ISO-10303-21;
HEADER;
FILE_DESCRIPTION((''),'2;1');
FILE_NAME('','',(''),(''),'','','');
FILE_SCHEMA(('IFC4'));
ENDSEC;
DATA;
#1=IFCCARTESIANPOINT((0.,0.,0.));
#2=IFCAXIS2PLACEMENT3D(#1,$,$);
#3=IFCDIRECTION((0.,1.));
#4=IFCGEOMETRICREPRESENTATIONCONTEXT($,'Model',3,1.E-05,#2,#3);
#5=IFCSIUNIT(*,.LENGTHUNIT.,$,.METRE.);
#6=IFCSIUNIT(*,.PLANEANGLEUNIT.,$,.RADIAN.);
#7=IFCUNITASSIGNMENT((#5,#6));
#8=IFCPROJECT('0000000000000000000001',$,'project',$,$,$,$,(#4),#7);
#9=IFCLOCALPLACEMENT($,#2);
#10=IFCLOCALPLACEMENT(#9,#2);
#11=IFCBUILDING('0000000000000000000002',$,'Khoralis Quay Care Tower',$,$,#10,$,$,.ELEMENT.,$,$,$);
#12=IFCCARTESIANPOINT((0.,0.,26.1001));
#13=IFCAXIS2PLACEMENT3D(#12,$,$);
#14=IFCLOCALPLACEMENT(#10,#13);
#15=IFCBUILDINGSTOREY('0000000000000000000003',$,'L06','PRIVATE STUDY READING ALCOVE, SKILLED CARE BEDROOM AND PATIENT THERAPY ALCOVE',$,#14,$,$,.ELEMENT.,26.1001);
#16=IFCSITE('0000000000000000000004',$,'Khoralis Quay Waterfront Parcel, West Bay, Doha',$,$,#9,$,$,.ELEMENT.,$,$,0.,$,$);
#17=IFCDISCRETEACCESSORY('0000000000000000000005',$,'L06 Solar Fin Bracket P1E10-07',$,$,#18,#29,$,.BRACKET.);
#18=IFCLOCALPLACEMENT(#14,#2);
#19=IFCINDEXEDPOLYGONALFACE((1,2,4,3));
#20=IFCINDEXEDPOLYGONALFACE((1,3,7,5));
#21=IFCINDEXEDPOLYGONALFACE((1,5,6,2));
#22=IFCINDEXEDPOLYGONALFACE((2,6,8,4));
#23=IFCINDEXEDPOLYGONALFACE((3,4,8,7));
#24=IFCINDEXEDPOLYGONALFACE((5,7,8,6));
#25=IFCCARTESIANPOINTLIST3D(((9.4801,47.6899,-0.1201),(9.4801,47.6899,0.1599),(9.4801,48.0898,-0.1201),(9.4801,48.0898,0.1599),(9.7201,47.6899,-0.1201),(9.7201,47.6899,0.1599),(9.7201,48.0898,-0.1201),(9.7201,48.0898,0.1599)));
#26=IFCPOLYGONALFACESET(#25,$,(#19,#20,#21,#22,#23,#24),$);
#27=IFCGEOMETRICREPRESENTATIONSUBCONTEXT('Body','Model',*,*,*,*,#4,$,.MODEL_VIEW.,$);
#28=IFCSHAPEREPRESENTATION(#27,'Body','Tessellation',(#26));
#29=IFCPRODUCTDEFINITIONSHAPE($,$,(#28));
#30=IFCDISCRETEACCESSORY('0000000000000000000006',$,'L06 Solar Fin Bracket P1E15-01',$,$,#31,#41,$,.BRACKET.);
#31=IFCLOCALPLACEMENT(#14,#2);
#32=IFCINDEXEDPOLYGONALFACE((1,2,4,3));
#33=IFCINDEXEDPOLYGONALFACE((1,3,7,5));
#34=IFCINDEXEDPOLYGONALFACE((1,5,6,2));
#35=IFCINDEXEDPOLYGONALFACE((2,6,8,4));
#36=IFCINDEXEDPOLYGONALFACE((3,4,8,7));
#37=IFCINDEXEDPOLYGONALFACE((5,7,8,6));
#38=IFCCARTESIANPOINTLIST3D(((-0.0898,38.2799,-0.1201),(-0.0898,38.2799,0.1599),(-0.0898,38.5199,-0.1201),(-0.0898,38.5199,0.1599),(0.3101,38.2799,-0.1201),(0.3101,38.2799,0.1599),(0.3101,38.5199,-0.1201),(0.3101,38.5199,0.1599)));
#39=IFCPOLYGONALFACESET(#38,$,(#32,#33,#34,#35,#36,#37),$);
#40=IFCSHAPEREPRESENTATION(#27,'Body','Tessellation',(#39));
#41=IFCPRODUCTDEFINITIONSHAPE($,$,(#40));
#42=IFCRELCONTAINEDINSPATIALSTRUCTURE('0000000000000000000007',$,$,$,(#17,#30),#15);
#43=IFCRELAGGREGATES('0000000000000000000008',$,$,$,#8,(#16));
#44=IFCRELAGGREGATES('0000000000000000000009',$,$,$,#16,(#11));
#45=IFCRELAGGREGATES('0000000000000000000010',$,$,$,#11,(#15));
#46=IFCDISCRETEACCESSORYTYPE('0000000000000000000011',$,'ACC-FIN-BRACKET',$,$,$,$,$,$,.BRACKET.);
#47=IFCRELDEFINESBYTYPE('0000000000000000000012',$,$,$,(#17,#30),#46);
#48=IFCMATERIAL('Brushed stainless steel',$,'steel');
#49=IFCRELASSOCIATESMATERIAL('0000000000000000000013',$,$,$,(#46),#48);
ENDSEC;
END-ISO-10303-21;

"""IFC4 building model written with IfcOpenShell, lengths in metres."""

from ifc_helpers import new_model, si_unit, direction, frame, origin, origin_2d, place, context, subcontext, project, spatial, rectangle, extrude, source, transform, mapped, material, type_object, element, save


model = new_model("IFC4")

# Units and contexts
model_context = context("Model", 3, precision=1e-05, world=origin(), true_north=direction((0.0, 1.0)))
body_context = subcontext(model_context, "Body", "Model", "MODEL_VIEW")
ifc_project = project(units=[si_unit("LENGTHUNIT", "METRE"), si_unit("PLANEANGLEUNIT", "RADIAN")], contexts=[model_context])

# Site, building, storey
site_placement = place(None, origin())
site = spatial("IfcSite", under=ifc_project, at=site_placement, Name="Khoralis Quay Waterfront Parcel, West Bay, Doha", CompositionType="ELEMENT", RefElevation=0.0)
building_placement = place(site_placement, origin())
building = spatial("IfcBuilding", under=site, at=building_placement, Name="Khoralis Quay Care Tower", CompositionType="ELEMENT")
storey_placement = place(building_placement, frame((0.0, 0.0, 26.1001)))
storey = spatial("IfcBuildingStorey", under=building, at=storey_placement, Name="L06", Description="PRIVATE STUDY READING ALCOVE, SKILLED CARE BEDROOM AND PATIENT THERAPY ALCOVE", CompositionType="ELEMENT", Elevation=26.1001)

# Discrete accessories
ifc_material_1 = material(Name="Brushed stainless steel", Category="steel")
discrete_accessory_type = type_object("IfcDiscreteAccessoryType", Name="ACC-FIN-BRACKET", PredefinedType="BRACKET", material=ifc_material_1)
shared_shape_1 = source(origin(), body_context, "Body", "SweptSolid", [
    extrude(rectangle(XDim=0.3999, YDim=0.24, at=origin_2d()), origin(), (0.0, 0.0, 1.0), 0.28),
])
for number, where, z_axis, x_axis, name in (
    (1, (9.6001, 47.8899, -0.1201), (0.0, 0.0, 1.0), (0.0, 1.0, 0.0), "L06 Solar Fin Bracket P1E10-07"),
    (2, (0.1101, 38.3999, -0.1201), (0.0, 0.0, 1.0), (-1.0, 0.0, 0.0), "L06 Solar Fin Bracket P1E15-01"),
):
    element("IfcDiscreteAccessory", number, at=place(storey_placement, frame(where, z_axis=z_axis, x_axis=x_axis)), inside=storey, type_object=discrete_accessory_type, Name=name, PredefinedType="BRACKET", context=body_context, shape_type="MappedRepresentation", body=[
        mapped(shared_shape_1, transform((0.0, 0.0, 0.0), scale=1.0)),
    ])

save(model, "model.ifc")
